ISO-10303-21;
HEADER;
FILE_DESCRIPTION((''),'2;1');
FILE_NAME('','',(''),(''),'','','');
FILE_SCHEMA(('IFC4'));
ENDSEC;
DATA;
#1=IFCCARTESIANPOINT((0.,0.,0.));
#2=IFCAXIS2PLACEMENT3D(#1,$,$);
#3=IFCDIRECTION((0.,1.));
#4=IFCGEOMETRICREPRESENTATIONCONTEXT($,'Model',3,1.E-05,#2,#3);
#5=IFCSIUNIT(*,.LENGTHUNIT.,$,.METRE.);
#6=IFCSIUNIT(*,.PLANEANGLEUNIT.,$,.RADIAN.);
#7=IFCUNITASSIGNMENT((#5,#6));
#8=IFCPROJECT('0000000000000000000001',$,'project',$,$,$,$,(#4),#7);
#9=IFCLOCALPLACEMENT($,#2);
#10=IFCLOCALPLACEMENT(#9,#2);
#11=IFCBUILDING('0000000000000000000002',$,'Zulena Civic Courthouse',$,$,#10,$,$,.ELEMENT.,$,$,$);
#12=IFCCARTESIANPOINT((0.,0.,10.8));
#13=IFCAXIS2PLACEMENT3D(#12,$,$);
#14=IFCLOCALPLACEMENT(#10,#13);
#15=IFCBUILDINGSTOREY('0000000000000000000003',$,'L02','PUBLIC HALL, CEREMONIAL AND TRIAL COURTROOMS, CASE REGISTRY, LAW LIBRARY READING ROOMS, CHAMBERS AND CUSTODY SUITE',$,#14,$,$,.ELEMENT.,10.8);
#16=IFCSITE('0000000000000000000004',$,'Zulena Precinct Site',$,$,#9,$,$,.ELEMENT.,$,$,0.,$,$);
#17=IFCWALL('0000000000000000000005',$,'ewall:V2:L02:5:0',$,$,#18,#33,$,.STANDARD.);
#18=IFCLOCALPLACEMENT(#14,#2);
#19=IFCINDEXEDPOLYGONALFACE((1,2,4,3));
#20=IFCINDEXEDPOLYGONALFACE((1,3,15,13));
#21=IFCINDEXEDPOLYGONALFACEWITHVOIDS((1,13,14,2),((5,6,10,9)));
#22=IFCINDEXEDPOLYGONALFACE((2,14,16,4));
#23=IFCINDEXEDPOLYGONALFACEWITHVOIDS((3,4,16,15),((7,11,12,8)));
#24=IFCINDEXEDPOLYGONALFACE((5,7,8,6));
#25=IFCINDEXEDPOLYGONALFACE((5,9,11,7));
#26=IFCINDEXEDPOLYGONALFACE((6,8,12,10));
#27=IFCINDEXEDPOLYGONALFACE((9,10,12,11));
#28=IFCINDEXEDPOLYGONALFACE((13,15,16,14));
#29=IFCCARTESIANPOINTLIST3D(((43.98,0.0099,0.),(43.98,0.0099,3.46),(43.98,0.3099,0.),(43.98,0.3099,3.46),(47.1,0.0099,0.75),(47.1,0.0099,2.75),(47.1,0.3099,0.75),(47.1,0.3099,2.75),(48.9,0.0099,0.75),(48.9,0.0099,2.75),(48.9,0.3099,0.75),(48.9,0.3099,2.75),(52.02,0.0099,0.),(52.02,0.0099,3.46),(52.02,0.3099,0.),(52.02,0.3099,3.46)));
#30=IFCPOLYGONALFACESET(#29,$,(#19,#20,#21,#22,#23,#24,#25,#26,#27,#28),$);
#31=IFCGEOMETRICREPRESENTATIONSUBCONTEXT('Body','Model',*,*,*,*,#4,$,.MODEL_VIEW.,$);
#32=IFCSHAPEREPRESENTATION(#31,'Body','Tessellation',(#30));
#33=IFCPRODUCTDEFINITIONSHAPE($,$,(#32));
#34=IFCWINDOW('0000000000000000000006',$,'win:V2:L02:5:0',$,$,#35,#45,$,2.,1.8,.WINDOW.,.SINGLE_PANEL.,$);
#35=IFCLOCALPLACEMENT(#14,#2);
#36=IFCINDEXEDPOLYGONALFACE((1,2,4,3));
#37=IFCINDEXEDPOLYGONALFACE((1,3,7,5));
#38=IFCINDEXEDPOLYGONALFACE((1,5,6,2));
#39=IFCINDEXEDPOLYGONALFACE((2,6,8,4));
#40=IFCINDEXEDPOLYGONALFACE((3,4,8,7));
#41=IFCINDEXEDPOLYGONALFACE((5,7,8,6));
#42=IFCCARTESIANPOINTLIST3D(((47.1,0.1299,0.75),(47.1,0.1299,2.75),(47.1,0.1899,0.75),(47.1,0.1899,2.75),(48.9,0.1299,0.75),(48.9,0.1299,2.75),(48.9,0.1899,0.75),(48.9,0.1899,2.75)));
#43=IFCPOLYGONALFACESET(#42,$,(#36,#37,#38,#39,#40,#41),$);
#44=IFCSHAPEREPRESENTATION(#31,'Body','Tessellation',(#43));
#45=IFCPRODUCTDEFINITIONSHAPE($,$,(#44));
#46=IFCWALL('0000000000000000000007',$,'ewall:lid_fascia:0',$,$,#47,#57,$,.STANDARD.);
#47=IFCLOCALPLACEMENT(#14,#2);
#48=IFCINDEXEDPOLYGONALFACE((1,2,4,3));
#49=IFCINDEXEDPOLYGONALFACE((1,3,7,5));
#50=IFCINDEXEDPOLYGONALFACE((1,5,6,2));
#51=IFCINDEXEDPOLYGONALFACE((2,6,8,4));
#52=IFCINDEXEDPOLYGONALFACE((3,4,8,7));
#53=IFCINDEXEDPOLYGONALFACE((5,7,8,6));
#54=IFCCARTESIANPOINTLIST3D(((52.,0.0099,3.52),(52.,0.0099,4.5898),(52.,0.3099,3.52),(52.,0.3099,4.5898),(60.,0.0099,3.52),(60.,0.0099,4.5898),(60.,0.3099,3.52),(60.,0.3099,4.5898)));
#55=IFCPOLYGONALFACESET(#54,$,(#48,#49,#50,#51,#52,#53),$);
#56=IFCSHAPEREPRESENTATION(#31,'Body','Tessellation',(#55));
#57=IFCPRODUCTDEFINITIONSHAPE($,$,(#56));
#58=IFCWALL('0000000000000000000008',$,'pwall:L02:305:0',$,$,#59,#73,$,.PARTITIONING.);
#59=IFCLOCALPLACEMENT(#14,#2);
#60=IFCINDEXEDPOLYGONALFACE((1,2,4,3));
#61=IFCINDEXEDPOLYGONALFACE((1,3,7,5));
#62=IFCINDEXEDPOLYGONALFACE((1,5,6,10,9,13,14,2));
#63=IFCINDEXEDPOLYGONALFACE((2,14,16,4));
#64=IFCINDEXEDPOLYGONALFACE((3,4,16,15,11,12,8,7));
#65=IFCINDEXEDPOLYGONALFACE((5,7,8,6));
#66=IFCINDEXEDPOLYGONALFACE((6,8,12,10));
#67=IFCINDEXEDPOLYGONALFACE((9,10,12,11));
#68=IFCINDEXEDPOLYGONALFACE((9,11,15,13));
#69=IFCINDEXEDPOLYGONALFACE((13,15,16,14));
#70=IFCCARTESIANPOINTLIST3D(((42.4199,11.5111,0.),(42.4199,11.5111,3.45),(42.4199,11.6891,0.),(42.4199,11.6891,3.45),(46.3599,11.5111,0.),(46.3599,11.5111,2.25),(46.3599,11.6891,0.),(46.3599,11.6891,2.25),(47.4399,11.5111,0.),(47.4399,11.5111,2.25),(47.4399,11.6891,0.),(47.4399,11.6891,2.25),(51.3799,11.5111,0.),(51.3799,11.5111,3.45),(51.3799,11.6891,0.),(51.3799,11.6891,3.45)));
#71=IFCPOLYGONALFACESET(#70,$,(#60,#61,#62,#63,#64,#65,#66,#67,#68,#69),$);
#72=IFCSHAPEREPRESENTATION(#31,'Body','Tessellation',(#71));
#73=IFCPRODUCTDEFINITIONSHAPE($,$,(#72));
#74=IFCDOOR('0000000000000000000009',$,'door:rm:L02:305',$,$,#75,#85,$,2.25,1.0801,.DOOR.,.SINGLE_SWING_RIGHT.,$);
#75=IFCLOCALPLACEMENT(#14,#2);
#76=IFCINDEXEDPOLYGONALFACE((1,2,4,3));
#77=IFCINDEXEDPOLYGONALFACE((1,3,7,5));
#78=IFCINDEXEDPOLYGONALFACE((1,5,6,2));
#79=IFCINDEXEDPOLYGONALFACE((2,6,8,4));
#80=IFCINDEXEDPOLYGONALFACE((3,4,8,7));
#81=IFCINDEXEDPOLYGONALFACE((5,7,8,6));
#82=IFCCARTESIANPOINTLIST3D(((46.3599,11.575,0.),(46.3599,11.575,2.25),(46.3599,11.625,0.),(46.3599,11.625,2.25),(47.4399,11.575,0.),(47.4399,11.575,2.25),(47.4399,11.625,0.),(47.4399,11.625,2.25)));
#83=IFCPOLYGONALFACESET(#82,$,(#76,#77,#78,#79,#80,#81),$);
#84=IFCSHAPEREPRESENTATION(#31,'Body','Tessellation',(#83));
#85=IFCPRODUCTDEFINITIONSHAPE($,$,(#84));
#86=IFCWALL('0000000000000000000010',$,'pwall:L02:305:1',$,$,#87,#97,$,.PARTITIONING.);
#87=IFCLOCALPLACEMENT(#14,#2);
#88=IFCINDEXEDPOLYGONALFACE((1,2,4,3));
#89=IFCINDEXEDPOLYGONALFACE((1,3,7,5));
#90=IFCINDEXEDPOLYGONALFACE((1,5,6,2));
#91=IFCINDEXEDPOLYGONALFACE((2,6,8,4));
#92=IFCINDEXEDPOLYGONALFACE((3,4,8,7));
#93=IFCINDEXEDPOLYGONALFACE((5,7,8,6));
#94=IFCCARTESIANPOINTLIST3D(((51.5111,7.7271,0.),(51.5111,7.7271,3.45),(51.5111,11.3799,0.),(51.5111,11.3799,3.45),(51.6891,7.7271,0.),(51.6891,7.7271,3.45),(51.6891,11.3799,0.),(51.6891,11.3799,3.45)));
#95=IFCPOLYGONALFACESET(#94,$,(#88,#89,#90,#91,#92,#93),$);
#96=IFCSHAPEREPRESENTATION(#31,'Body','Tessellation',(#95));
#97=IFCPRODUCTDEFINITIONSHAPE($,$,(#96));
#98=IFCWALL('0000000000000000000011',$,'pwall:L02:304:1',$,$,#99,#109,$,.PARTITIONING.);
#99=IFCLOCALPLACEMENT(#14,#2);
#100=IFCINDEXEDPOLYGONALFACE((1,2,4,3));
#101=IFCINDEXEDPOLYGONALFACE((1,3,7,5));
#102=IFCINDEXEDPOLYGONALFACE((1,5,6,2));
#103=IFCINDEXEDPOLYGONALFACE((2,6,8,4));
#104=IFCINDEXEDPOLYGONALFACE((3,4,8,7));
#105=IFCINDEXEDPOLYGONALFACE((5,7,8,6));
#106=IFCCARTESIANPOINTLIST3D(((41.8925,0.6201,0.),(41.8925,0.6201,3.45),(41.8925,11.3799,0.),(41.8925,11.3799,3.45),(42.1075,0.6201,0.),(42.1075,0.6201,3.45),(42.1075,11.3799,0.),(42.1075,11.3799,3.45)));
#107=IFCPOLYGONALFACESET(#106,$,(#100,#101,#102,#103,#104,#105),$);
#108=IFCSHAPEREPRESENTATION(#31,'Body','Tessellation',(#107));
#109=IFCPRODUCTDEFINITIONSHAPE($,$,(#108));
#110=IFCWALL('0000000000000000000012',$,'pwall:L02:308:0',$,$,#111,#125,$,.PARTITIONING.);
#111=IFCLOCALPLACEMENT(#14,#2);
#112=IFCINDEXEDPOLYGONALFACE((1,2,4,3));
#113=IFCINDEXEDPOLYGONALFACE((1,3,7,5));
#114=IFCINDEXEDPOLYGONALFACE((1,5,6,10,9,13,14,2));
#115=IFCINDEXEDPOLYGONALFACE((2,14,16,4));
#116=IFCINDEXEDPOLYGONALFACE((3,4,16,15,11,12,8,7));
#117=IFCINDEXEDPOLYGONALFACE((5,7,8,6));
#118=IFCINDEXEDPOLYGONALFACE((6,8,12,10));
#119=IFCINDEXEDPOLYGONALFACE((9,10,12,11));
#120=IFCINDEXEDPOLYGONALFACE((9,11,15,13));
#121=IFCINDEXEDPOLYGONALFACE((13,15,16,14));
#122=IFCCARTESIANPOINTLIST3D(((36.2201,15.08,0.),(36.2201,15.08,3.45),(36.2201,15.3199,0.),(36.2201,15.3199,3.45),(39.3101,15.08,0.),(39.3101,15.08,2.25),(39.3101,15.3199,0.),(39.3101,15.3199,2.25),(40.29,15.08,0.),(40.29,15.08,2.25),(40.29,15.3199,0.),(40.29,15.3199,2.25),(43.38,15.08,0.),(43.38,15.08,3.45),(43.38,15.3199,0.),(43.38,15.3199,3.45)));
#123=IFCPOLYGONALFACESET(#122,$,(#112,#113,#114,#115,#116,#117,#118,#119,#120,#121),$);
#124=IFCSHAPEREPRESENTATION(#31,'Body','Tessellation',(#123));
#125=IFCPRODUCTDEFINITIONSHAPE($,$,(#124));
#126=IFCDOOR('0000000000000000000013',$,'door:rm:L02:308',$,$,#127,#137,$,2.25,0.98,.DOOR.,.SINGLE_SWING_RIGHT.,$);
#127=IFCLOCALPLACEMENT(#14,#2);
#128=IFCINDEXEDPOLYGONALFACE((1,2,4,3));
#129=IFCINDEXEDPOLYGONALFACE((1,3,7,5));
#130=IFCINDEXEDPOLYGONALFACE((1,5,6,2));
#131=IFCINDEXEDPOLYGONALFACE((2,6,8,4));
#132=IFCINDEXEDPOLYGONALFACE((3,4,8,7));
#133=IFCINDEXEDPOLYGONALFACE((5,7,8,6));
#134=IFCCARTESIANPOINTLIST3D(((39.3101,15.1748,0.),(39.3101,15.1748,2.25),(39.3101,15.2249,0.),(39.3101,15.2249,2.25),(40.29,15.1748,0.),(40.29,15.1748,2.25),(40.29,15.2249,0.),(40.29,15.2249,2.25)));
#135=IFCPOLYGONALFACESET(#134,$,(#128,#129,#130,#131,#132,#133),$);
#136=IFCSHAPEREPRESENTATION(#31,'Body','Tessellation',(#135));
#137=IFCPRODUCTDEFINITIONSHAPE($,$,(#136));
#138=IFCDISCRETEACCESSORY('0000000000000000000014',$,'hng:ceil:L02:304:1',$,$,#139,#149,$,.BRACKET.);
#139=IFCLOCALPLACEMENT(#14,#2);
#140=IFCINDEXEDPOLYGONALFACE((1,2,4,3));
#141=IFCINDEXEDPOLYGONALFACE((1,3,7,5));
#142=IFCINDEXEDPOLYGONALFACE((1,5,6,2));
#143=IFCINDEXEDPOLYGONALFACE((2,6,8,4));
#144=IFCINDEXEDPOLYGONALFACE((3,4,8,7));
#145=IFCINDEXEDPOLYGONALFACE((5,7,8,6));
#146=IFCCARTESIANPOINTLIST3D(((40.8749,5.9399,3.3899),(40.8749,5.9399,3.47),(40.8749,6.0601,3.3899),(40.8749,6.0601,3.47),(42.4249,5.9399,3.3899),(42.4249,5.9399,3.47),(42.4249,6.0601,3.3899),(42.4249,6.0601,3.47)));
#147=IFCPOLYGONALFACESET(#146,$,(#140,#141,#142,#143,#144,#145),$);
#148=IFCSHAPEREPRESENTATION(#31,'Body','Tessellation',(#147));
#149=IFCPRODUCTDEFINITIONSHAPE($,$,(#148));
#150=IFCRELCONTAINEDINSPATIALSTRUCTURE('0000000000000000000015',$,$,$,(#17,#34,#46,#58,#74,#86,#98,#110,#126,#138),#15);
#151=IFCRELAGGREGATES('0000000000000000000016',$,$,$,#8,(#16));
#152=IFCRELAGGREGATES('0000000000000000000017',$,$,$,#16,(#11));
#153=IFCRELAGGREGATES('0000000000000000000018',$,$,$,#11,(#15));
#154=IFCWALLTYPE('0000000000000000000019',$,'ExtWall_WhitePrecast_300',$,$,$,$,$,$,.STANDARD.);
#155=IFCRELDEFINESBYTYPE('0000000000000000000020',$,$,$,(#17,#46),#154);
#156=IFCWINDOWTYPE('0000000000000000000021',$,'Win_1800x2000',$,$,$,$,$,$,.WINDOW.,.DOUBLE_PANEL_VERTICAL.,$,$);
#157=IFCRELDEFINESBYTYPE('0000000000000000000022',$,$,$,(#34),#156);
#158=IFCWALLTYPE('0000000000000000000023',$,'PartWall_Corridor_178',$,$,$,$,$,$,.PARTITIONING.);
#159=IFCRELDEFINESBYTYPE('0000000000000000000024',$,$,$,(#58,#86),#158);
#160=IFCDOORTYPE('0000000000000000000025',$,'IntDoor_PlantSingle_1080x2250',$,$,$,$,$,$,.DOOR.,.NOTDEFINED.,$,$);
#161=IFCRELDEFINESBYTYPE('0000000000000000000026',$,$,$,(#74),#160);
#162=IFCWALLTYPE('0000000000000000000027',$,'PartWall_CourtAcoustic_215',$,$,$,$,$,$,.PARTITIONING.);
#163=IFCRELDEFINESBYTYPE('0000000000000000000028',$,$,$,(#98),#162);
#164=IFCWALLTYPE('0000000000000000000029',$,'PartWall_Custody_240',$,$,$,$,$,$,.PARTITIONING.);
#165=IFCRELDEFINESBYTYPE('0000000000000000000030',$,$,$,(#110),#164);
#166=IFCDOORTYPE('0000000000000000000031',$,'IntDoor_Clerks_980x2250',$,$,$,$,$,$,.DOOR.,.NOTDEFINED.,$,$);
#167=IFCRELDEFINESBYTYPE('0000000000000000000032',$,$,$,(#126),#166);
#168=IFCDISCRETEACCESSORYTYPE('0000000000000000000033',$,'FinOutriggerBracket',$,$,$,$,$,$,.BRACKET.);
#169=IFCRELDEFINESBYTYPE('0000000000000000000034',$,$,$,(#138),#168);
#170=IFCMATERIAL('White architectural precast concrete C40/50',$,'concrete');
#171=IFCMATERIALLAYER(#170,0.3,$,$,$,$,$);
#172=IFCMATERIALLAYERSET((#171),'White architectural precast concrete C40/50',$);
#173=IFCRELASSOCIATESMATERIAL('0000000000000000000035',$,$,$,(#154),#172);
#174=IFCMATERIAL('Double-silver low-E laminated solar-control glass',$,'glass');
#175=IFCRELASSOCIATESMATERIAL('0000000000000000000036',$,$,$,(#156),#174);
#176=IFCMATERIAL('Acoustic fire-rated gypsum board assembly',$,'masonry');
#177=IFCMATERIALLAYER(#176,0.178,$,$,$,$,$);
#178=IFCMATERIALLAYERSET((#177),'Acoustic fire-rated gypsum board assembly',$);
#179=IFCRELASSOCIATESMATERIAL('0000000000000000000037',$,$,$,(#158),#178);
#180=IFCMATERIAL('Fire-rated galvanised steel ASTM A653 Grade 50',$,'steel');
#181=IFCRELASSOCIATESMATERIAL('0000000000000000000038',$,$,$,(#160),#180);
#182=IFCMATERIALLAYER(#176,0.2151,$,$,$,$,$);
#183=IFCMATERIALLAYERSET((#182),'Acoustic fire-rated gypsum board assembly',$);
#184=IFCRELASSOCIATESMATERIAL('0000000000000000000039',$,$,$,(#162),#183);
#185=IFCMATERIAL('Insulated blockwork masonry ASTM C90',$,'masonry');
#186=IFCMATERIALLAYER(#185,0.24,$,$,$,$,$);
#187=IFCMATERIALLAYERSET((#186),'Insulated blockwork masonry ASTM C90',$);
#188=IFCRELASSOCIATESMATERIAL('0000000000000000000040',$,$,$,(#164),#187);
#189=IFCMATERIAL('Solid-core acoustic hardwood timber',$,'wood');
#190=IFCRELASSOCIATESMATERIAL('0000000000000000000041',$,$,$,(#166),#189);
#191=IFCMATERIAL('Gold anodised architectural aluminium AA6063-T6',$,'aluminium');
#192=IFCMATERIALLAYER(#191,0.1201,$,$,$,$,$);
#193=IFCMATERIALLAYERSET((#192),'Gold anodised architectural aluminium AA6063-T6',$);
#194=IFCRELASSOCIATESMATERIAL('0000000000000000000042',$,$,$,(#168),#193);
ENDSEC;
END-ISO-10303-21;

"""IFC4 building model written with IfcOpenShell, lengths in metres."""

from ifc_helpers import new_model, si_unit, direction, frame, frame_2d, origin, origin_2d, place, context, subcontext, project, spatial, rectangle, extrude, material, layer, layer_set, type_object, element, fill, save


model = new_model("IFC4")

# Units and contexts
model_context = context("Model", 3, precision=1e-05, world=origin(), true_north=direction((0.0, 1.0)))
body_context = subcontext(model_context, "Body", "Model", "MODEL_VIEW")
ifc_project = project(units=[si_unit("LENGTHUNIT", "METRE"), si_unit("PLANEANGLEUNIT", "RADIAN")], contexts=[model_context])

# Site, building, storey
site_placement = place(None, origin())
site = spatial("IfcSite", under=ifc_project, at=site_placement, Name="Zulena Precinct Site", CompositionType="ELEMENT", RefElevation=0.0)
building_placement = place(site_placement, origin())
building = spatial("IfcBuilding", under=site, at=building_placement, Name="Zulena Civic Courthouse", CompositionType="ELEMENT")
storey_placement = place(building_placement, frame((0.0, 0.0, 10.8)))
storey = spatial("IfcBuildingStorey", under=building, at=storey_placement, Name="L02", Description="PUBLIC HALL, CEREMONIAL AND TRIAL COURTROOMS, CASE REGISTRY, LAW LIBRARY READING ROOMS, CHAMBERS AND CUSTODY SUITE", CompositionType="ELEMENT", Elevation=10.8)

# Shared definitions
ifc_material_1 = material(Name="Fire-rated galvanised steel ASTM A653 Grade 50", Category="steel")

# Shared definitions
ifc_material_2 = material(Name="White architectural precast concrete C40/50", Category="concrete")
ifc_layer_1 = layer(ifc_material_2, 0.3)
ifc_layer_set_1 = layer_set([ifc_layer_1], Name="White architectural precast concrete C40/50")
wall_type_1 = type_object("IfcWallType", Name="ExtWall_WhitePrecast_300", PredefinedType="STANDARD", material=ifc_layer_set_1)

# Wall, opening, window
wall_1_placement = place(storey_placement, frame((52.02, 0.1599, 0.0), z_axis=(0.0, 0.0, 1.0), x_axis=(-1.0, 0.0, 0.0)))
wall_1 = element("IfcWall", 1, at=wall_1_placement, inside=storey, type_object=wall_type_1, Name="ewall:V2:L02:5:0", PredefinedType="STANDARD", context=body_context, shape_type="SweptSolid", body=[
    extrude(rectangle(XDim=8.04, YDim=0.3, at=frame_2d((4.02, 0.0))), origin(), (0.0, 0.0, 1.0), 3.46),
])
opening_1_placement = place(wall_1_placement, frame((3.1201, 0.0, 0.75)))
opening_1 = element("IfcOpeningElement", 2, at=opening_1_placement, cuts=wall_1, PredefinedType="OPENING", context=body_context, shape_type="SweptSolid", body=[
    extrude(rectangle(XDim=1.8, YDim=2.0, at=frame_2d((0.8999, 1.0))), frame((0.0, 0.1599, 0.0), z_axis=(0.0, -1.0, 0.0), x_axis=(1.0, 0.0, 0.0)), (0.0, 0.0, 1.0), 0.3201),
])
ifc_material_3 = material(Name="Double-silver low-E laminated solar-control glass", Category="glass")
window_type = type_object("IfcWindowType", Name="Win_1800x2000", PartitioningType="DOUBLE_PANEL_VERTICAL", PredefinedType="WINDOW", material=ifc_material_3)
window_placement = place(opening_1_placement, origin())
window = element("IfcWindow", 3, at=window_placement, inside=storey, type_object=window_type, Name="win:V2:L02:5:0", OverallHeight=2.0, OverallWidth=1.8, PartitioningType="SINGLE_PANEL", PredefinedType="WINDOW", context=body_context, shape_type="SweptSolid", body=[
    extrude(rectangle(XDim=1.8, YDim=2.0, at=frame_2d((0.8999, 1.0))), frame((0.0, 0.03, 0.0), z_axis=(0.0, -1.0, 0.0), x_axis=(1.0, 0.0, 0.0)), (0.0, 0.0, 1.0), 0.0601),
])
fill(opening_1, window)

# Wall
wall_2_placement = place(storey_placement, frame((52.0, 0.1599, 3.52), z_axis=(0.0, 0.0, 1.0), x_axis=(1.0, 0.0, 0.0)))
element("IfcWall", 4, at=wall_2_placement, inside=storey, type_object=wall_type_1, Name="ewall:lid_fascia:0", PredefinedType="STANDARD", context=body_context, shape_type="SweptSolid", body=[
    extrude(rectangle(XDim=8.0, YDim=0.3, at=frame_2d((4.0, 0.0))), origin(), (0.0, 0.0, 1.0), 1.0698),
])

# Wall, opening, door
ifc_material_4 = material(Name="Acoustic fire-rated gypsum board assembly", Category="masonry")
ifc_layer_2 = layer(ifc_material_4, 0.178)
ifc_layer_set_2 = layer_set([ifc_layer_2], Name="Acoustic fire-rated gypsum board assembly")
wall_type_2 = type_object("IfcWallType", Name="PartWall_Corridor_178", PredefinedType="PARTITIONING", material=ifc_layer_set_2)
wall_3_placement = place(storey_placement, frame((42.4199, 11.6001, 0.0), z_axis=(0.0, 0.0, 1.0), x_axis=(1.0, 0.0, 0.0)))
wall_3 = element("IfcWall", 5, at=wall_3_placement, inside=storey, type_object=wall_type_2, Name="pwall:L02:305:0", PredefinedType="PARTITIONING", context=body_context, shape_type="SweptSolid", body=[
    extrude(rectangle(XDim=8.96, YDim=0.178, at=frame_2d((4.48, 0.0))), origin(), (0.0, 0.0, 1.0), 3.45),
])
opening_2_placement = place(wall_3_placement, frame((3.9399, 0.0, 0.0)))
opening_2 = element("IfcOpeningElement", 6, at=opening_2_placement, cuts=wall_3, PredefinedType="OPENING", context=body_context, shape_type="SweptSolid", body=[
    extrude(rectangle(XDim=1.0801, YDim=2.25, at=frame_2d((0.54, 1.125))), frame((0.0, 0.0989, 0.0), z_axis=(0.0, -1.0, 0.0), x_axis=(1.0, 0.0, 0.0)), (0.0, 0.0, 1.0), 0.198),
])
door_type_1 = type_object("IfcDoorType", Name="IntDoor_PlantSingle_1080x2250", OperationType="NOTDEFINED", PredefinedType="DOOR", material=ifc_material_1)
door_1_placement = place(opening_2_placement, origin())
door_1 = element("IfcDoor", 7, at=door_1_placement, inside=storey, type_object=door_type_1, Name="door:rm:L02:305", OperationType="SINGLE_SWING_RIGHT", OverallHeight=2.25, OverallWidth=1.0801, PredefinedType="DOOR", context=body_context, shape_type="SweptSolid", body=[
    extrude(rectangle(XDim=1.0801, YDim=2.25, at=frame_2d((0.54, 1.125))), frame((0.0, 0.0249, 0.0), z_axis=(0.0, -1.0, 0.0), x_axis=(1.0, 0.0, 0.0)), (0.0, 0.0, 1.0), 0.05),
])
fill(opening_2, door_1)

# Walls
wall_4_placement = place(storey_placement, frame((51.6001, 7.7271, 0.0), z_axis=(0.0, 0.0, 1.0), x_axis=(0.0, 1.0, 0.0)))
element("IfcWall", 8, at=wall_4_placement, inside=storey, type_object=wall_type_2, Name="pwall:L02:305:1", PredefinedType="PARTITIONING", context=body_context, shape_type="SweptSolid", body=[
    extrude(rectangle(XDim=3.6528, YDim=0.178, at=frame_2d((1.8264, 0.0))), origin(), (0.0, 0.0, 1.0), 3.45),
])
ifc_layer_3 = layer(ifc_material_4, 0.2151)
ifc_layer_set_3 = layer_set([ifc_layer_3], Name="Acoustic fire-rated gypsum board assembly")
wall_type_3 = type_object("IfcWallType", Name="PartWall_CourtAcoustic_215", PredefinedType="PARTITIONING", material=ifc_layer_set_3)
wall_5_placement = place(storey_placement, frame((42.0, 0.6201, 0.0), z_axis=(0.0, 0.0, 1.0), x_axis=(0.0, 1.0, 0.0)))
element("IfcWall", 9, at=wall_5_placement, inside=storey, type_object=wall_type_3, Name="pwall:L02:304:1", PredefinedType="PARTITIONING", context=body_context, shape_type="SweptSolid", body=[
    extrude(rectangle(XDim=10.7598, YDim=0.2151, at=frame_2d((5.3799, 0.0))), origin(), (0.0, 0.0, 1.0), 3.45),
])

# Wall, opening, door
ifc_material_5 = material(Name="Insulated blockwork masonry ASTM C90", Category="masonry")
ifc_layer_4 = layer(ifc_material_5, 0.24)
ifc_layer_set_4 = layer_set([ifc_layer_4], Name="Insulated blockwork masonry ASTM C90")
wall_type_4 = type_object("IfcWallType", Name="PartWall_Custody_240", PredefinedType="PARTITIONING", material=ifc_layer_set_4)
wall_6_placement = place(storey_placement, frame((36.22, 15.2, 0.0), z_axis=(0.0, 0.0, 1.0), x_axis=(1.0, 0.0, 0.0)))
wall_6 = element("IfcWall", 10, at=wall_6_placement, inside=storey, type_object=wall_type_4, Name="pwall:L02:308:0", PredefinedType="PARTITIONING", context=body_context, shape_type="SweptSolid", body=[
    extrude(rectangle(XDim=7.1599, YDim=0.24, at=frame_2d((3.5801, 0.0))), origin(), (0.0, 0.0, 1.0), 3.45),
])
opening_3_placement = place(wall_6_placement, frame((3.0901, 0.0, 0.0)))
opening_3 = element("IfcOpeningElement", 11, at=opening_3_placement, cuts=wall_6, PredefinedType="OPENING", context=body_context, shape_type="SweptSolid", body=[
    extrude(rectangle(XDim=0.98, YDim=2.25, at=frame_2d((0.49, 1.125))), frame((0.0, 0.1299, 0.0), z_axis=(0.0, -1.0, 0.0), x_axis=(1.0, 0.0, 0.0)), (0.0, 0.0, 1.0), 0.26),
])
ifc_material_6 = material(Name="Solid-core acoustic hardwood timber", Category="wood")
door_type_2 = type_object("IfcDoorType", Name="IntDoor_Clerks_980x2250", OperationType="NOTDEFINED", PredefinedType="DOOR", material=ifc_material_6)
door_2_placement = place(opening_3_placement, origin())
door_2 = element("IfcDoor", 12, at=door_2_placement, inside=storey, type_object=door_type_2, Name="door:rm:L02:308", OperationType="SINGLE_SWING_RIGHT", OverallHeight=2.25, OverallWidth=0.98, PredefinedType="DOOR", context=body_context, shape_type="SweptSolid", body=[
    extrude(rectangle(XDim=0.98, YDim=2.25, at=frame_2d((0.49, 1.125))), frame((0.0, 0.0249, 0.0), z_axis=(0.0, -1.0, 0.0), x_axis=(1.0, 0.0, 0.0)), (0.0, 0.0, 1.0), 0.05),
])
fill(opening_3, door_2)

# Discrete accessory
ifc_material_7 = material(Name="Gold anodised architectural aluminium AA6063-T6", Category="aluminium")
ifc_layer_5 = layer(ifc_material_7, 0.1201)
ifc_layer_set_5 = layer_set([ifc_layer_5], Name="Gold anodised architectural aluminium AA6063-T6")
discrete_accessory_type = type_object("IfcDiscreteAccessoryType", Name="FinOutriggerBracket", PredefinedType="BRACKET", material=ifc_layer_set_5)
discrete_accessory_placement = place(storey_placement, frame((41.6499, 6.0, 3.3899), z_axis=(0.0, 0.0, 1.0), x_axis=(1.0, 0.0, 0.0)))
element("IfcDiscreteAccessory", 13, at=discrete_accessory_placement, inside=storey, type_object=discrete_accessory_type, Name="hng:ceil:L02:304:1", PredefinedType="BRACKET", context=body_context, shape_type="SweptSolid", body=[
    extrude(rectangle(XDim=1.55, YDim=0.1201, at=origin_2d()), origin(), (0.0, 0.0, 1.0), 0.0801),
])

save(model, "model.ifc")
